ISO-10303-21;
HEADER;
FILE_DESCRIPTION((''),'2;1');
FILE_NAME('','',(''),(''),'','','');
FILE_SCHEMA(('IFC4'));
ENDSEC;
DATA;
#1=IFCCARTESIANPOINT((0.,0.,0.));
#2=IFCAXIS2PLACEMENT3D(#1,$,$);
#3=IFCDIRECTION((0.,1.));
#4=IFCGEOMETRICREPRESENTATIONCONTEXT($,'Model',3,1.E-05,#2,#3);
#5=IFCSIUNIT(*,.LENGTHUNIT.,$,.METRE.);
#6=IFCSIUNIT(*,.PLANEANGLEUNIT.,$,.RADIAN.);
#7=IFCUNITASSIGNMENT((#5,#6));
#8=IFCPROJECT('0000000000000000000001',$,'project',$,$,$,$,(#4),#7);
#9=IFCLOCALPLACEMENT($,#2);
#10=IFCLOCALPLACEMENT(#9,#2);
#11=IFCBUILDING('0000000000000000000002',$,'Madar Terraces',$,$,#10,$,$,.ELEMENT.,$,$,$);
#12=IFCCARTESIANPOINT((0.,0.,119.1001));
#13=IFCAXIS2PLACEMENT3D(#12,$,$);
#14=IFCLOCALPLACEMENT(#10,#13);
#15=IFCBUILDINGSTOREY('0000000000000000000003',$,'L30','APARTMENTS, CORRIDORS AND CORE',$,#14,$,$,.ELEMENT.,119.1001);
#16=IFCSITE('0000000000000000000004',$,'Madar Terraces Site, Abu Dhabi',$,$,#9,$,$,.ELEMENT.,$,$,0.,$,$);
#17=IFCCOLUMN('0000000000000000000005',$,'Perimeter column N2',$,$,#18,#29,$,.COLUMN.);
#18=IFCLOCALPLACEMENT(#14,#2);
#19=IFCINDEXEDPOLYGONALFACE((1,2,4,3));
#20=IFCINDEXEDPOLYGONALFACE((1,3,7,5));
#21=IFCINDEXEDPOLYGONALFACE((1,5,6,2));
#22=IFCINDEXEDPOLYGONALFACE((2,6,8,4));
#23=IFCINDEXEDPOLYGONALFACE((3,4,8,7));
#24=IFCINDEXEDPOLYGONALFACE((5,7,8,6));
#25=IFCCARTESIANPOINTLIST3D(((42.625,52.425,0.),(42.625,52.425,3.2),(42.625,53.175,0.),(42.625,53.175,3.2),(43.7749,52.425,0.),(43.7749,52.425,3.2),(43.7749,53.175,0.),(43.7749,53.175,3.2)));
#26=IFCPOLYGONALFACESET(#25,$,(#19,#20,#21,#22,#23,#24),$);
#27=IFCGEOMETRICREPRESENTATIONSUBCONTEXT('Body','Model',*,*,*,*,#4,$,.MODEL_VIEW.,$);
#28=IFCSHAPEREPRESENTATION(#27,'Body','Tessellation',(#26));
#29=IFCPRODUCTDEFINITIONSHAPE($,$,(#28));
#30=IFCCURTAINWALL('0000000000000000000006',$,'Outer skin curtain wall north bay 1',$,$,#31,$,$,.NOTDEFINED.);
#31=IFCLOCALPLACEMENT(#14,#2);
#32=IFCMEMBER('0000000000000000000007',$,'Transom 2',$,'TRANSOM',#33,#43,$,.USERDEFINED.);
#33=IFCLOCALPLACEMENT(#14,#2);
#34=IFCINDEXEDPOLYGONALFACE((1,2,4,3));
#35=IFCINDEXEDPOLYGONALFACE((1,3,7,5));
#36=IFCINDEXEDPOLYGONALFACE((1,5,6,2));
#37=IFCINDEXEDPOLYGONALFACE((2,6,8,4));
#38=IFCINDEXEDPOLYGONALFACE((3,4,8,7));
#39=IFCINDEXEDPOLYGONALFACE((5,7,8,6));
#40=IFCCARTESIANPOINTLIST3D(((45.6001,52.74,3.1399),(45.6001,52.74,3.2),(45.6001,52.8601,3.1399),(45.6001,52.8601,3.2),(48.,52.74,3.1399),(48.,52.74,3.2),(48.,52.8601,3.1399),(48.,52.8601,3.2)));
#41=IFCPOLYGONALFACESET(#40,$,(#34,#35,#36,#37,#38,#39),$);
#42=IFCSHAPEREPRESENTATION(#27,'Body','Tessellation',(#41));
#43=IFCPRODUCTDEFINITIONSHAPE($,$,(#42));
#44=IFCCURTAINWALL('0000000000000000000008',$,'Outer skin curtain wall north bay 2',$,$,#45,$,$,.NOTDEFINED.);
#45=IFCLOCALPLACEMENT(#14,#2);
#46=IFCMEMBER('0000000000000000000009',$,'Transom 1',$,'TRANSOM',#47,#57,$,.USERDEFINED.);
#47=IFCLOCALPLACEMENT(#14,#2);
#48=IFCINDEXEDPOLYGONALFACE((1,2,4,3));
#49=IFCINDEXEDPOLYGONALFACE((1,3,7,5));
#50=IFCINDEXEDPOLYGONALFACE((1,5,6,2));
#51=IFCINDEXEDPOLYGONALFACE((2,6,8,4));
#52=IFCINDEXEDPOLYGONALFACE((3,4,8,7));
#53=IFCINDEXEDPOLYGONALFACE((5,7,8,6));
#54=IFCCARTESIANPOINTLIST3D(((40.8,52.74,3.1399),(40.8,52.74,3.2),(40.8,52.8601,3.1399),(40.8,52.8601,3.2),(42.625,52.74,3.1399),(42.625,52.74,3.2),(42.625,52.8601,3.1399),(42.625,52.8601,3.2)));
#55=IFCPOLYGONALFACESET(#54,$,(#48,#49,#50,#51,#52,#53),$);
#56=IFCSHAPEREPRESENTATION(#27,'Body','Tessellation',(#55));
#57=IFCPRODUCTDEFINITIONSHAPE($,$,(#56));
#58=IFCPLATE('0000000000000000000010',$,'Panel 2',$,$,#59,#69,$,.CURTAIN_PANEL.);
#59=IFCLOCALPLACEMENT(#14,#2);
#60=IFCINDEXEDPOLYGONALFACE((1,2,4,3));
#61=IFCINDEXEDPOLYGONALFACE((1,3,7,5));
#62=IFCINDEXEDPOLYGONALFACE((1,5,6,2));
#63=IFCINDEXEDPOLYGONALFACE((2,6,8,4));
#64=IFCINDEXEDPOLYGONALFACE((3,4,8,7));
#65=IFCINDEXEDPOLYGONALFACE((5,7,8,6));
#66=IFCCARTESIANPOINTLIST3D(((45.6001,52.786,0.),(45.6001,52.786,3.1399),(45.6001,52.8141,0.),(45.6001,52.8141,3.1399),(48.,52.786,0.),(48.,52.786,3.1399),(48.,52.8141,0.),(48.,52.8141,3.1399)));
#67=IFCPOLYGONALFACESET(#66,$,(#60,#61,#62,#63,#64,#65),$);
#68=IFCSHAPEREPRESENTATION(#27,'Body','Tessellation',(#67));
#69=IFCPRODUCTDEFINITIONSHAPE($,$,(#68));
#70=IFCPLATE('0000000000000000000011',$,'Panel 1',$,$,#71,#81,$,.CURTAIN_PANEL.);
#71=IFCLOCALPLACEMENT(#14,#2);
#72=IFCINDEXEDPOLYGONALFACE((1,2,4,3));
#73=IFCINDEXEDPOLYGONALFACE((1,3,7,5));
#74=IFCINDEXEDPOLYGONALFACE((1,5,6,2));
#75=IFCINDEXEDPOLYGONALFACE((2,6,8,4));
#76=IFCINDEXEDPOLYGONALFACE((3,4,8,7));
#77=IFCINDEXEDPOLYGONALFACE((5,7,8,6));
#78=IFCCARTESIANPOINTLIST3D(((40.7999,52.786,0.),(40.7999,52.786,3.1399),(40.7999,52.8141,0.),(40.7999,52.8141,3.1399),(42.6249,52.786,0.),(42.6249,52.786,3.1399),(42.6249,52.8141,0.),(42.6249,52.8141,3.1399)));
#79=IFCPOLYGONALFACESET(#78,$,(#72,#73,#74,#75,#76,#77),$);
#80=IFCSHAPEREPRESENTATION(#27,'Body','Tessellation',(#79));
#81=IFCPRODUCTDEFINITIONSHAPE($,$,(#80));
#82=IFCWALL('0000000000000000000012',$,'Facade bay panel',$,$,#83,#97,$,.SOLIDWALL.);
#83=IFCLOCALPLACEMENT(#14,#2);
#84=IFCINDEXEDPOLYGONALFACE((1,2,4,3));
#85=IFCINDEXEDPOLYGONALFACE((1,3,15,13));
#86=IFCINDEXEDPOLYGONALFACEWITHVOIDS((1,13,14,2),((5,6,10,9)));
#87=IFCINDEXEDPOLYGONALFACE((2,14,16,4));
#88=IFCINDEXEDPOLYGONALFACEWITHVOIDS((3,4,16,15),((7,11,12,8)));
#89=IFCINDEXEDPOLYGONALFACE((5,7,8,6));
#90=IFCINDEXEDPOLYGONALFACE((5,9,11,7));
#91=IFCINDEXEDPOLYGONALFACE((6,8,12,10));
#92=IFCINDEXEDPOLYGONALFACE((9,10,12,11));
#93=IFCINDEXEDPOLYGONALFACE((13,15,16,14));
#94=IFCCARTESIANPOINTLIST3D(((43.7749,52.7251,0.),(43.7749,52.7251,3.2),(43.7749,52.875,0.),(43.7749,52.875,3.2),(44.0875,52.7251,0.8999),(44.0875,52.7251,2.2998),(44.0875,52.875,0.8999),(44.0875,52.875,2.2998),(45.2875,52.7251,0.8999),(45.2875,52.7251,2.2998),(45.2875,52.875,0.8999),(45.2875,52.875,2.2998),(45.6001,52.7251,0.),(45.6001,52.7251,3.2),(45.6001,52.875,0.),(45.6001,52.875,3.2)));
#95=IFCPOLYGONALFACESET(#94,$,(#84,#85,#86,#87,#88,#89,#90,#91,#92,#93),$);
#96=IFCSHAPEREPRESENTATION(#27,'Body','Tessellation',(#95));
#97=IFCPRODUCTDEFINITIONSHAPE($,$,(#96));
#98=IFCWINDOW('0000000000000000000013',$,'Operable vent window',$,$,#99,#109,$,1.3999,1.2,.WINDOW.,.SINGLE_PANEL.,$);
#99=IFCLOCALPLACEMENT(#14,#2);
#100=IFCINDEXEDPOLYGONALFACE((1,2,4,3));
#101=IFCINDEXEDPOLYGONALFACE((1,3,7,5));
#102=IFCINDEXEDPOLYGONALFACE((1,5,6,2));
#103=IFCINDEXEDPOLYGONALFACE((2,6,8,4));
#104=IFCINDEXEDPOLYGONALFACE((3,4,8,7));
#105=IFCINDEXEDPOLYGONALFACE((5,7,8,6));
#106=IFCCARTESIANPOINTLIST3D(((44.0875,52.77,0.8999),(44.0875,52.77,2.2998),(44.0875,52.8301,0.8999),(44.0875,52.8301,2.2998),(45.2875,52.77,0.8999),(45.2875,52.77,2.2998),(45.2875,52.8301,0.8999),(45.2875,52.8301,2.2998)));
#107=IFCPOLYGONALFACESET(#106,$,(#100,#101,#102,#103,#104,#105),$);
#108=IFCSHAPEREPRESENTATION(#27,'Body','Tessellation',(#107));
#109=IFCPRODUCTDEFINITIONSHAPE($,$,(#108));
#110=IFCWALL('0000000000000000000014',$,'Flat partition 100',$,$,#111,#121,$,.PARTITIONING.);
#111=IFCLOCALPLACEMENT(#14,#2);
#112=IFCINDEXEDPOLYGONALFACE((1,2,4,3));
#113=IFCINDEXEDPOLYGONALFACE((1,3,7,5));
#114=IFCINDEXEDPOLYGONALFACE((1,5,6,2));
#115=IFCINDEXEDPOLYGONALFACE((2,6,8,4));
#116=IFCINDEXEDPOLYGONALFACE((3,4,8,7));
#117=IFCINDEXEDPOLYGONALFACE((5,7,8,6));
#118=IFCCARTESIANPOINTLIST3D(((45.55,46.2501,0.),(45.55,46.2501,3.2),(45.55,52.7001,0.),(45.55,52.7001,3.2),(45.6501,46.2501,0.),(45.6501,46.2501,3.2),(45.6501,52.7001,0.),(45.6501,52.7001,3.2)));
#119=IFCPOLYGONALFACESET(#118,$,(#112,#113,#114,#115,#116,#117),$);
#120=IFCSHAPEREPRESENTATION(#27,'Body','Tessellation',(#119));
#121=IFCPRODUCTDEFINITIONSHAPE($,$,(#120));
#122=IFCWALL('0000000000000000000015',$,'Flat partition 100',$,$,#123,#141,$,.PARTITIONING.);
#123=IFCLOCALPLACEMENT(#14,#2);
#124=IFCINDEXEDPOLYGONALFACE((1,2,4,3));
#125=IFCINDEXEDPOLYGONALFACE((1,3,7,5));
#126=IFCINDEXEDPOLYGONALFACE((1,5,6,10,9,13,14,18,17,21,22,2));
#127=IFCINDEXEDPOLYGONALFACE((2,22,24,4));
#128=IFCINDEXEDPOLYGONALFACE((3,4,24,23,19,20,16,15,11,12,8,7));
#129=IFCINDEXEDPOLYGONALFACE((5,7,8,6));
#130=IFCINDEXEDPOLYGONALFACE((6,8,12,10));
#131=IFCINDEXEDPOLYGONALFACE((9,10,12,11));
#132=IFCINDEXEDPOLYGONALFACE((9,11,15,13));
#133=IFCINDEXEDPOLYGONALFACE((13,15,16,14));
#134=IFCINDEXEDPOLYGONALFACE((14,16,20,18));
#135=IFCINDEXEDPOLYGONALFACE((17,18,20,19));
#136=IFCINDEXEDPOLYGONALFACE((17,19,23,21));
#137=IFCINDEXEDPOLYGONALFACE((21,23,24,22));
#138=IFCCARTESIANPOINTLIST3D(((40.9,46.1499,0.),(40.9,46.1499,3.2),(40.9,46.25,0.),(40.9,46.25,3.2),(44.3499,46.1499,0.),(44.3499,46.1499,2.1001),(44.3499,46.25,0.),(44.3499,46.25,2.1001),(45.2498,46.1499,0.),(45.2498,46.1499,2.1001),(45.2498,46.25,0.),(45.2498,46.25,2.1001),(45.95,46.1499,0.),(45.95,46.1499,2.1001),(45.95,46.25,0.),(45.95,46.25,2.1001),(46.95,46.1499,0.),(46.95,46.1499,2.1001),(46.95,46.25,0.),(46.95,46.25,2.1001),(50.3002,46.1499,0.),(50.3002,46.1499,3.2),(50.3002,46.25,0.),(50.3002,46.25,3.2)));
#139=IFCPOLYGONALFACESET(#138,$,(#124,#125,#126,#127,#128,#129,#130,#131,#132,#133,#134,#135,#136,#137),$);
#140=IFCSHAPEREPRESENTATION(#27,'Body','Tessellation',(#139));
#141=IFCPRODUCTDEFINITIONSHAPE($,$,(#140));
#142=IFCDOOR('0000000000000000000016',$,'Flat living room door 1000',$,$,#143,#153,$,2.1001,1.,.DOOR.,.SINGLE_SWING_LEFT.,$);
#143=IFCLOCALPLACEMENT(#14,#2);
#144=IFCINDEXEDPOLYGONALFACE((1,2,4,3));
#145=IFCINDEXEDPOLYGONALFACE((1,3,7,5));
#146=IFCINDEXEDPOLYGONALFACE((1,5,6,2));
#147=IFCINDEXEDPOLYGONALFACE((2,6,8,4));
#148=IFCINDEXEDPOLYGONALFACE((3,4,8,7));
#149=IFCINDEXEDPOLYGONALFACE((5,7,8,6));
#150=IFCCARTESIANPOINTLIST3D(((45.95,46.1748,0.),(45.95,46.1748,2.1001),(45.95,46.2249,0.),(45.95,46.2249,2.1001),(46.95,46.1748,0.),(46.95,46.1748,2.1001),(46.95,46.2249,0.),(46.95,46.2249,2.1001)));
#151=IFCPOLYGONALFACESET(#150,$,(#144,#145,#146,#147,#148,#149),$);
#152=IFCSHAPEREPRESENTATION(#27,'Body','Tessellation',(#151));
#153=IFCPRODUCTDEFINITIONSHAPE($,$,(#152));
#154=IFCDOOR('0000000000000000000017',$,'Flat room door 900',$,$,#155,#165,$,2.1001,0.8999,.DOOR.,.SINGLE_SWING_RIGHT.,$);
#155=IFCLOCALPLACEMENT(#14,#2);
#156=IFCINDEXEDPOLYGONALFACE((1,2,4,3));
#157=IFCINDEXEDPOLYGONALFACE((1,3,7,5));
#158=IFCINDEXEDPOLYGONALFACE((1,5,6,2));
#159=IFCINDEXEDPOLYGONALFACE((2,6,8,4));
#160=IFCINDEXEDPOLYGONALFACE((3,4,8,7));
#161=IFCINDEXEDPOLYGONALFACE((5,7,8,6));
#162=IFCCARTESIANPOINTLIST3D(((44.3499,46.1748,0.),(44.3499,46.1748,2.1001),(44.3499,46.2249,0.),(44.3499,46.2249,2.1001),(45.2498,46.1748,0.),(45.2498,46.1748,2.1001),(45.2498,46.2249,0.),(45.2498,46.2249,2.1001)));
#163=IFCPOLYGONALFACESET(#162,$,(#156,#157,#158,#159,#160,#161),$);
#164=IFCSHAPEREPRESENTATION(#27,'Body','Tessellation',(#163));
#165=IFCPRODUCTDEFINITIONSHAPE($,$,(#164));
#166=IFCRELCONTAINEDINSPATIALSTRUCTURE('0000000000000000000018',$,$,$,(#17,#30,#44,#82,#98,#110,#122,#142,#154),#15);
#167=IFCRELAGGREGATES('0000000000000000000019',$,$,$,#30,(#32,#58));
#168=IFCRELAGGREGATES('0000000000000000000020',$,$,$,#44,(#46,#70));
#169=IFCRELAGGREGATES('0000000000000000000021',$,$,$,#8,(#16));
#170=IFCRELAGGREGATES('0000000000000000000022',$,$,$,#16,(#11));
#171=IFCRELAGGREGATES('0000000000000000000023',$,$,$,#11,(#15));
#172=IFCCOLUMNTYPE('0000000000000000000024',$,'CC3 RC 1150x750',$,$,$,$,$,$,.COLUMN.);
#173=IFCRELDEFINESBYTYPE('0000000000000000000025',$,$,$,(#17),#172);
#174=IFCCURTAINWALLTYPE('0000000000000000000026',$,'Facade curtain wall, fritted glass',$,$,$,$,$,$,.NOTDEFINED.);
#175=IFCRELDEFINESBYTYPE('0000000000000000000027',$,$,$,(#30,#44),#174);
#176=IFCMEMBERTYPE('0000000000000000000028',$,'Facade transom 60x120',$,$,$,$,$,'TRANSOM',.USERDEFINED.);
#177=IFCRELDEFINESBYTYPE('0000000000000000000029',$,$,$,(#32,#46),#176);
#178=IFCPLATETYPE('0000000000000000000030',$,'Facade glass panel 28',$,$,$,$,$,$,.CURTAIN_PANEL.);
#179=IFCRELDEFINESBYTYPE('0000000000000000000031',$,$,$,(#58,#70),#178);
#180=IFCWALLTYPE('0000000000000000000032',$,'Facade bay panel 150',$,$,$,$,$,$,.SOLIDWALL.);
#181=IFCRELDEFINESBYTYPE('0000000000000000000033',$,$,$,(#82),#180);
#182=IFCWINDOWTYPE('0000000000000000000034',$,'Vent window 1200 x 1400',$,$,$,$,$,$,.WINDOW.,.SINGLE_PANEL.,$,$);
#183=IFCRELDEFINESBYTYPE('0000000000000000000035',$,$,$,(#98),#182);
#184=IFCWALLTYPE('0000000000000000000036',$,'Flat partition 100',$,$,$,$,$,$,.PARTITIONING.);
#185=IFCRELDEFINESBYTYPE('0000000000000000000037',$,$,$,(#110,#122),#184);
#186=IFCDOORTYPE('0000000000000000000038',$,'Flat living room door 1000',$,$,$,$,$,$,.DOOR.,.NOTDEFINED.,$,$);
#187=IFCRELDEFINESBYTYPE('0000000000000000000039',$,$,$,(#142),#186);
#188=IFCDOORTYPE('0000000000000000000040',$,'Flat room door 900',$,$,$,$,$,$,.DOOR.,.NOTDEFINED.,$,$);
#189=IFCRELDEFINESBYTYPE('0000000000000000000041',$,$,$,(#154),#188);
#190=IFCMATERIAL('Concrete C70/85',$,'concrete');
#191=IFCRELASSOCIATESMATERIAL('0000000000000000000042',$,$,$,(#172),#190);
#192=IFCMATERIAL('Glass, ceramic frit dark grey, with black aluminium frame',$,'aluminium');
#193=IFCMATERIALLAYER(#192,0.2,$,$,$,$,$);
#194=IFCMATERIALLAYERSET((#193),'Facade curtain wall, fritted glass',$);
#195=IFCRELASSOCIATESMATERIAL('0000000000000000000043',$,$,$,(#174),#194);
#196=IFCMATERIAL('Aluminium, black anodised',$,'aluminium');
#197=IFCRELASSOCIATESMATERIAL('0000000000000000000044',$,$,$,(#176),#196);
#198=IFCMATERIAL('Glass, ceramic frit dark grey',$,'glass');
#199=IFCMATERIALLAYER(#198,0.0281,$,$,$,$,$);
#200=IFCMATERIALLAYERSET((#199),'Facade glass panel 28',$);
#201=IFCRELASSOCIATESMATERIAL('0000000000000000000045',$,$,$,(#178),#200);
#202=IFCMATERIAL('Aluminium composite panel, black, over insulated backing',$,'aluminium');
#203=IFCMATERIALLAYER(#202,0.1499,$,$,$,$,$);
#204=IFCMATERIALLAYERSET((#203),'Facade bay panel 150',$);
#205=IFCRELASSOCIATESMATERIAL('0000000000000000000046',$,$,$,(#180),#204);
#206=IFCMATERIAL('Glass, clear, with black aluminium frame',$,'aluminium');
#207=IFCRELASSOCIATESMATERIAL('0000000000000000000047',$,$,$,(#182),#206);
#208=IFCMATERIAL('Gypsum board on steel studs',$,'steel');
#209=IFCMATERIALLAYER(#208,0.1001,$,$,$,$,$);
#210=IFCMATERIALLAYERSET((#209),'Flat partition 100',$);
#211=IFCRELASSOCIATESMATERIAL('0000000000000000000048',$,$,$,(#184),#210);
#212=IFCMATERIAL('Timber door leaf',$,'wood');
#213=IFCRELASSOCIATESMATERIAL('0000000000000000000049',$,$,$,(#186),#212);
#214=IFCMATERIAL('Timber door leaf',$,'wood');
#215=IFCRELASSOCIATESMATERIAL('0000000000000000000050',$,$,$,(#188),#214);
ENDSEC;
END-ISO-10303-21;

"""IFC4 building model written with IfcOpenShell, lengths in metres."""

from ifc_helpers import new_model, si_unit, direction, frame, frame_2d, origin, origin_2d, place, context, subcontext, project, spatial, rectangle, extrude, material, layer, layer_set, material_profile, profile_set, type_object, element, fill, aggregate, save


model = new_model("IFC4")

# Units and contexts
model_context = context("Model", 3, precision=1e-05, world=origin(), true_north=direction((0.0, 1.0)))
body_context = subcontext(model_context, "Body", "Model", "MODEL_VIEW")
ifc_project = project(units=[si_unit("LENGTHUNIT", "METRE"), si_unit("PLANEANGLEUNIT", "RADIAN")], contexts=[model_context])

# Site, building, storey
site_placement = place(None, origin())
site = spatial("IfcSite", under=ifc_project, at=site_placement, Name="Madar Terraces Site, Abu Dhabi", CompositionType="ELEMENT", RefElevation=0.0)
building_placement = place(site_placement, origin())
building = spatial("IfcBuilding", under=site, at=building_placement, Name="Madar Terraces", CompositionType="ELEMENT")
storey_placement = place(building_placement, frame((0.0, 0.0, 119.1001)))
storey = spatial("IfcBuildingStorey", under=building, at=storey_placement, Name="L30", Description="APARTMENTS, CORRIDORS AND CORE", CompositionType="ELEMENT", Elevation=119.1001)

# Column
ifc_material_1 = material(Name="Concrete C70/85", Category="concrete")
ifc_material_profile_1 = material_profile(ifc_material_1, rectangle(XDim=1.1499, YDim=0.75, at=origin_2d()), Name="CC3 RC 1150x750")
ifc_profile_set_1 = profile_set([ifc_material_profile_1], Name="Concrete C70/85")
column_type = type_object("IfcColumnType", Name="CC3 RC 1150x750", PredefinedType="COLUMN", material=ifc_profile_set_1)
column_placement = place(storey_placement, frame((43.2, 52.8, 0.0), z_axis=(0.0, 0.0, 1.0), x_axis=(1.0, 0.0, 0.0)))
element("IfcColumn", 1, at=column_placement, inside=storey, type_object=column_type, Name="Perimeter column N2", PredefinedType="COLUMN", context=body_context, shape_type="SweptSolid", body=[
    extrude(rectangle(XDim=1.1499, YDim=0.75, at=origin_2d()), origin(), (0.0, 0.0, 1.0), 3.2),
])

# Curtain walls, members
ifc_material_2 = material(Name="Glass, ceramic frit dark grey, with black aluminium frame", Category="aluminium")
ifc_layer_1 = layer(ifc_material_2, 0.2)
ifc_layer_set_1 = layer_set([ifc_layer_1], Name="Facade curtain wall, fritted glass")
curtain_wall_type = type_object("IfcCurtainWallType", Name="Facade curtain wall, fritted glass", PredefinedType="NOTDEFINED", material=ifc_layer_set_1)
curtain_wall_1_placement = place(storey_placement, origin())
curtain_wall_1 = element("IfcCurtainWall", 2, at=curtain_wall_1_placement, inside=storey, type_object=curtain_wall_type, Name="Outer skin curtain wall north bay 1", PredefinedType="NOTDEFINED")
ifc_material_3 = material(Name="Aluminium, black anodised", Category="aluminium")
ifc_material_profile_2 = material_profile(ifc_material_3, rectangle(XDim=0.1201, YDim=0.0601, at=origin_2d()), Name="Facade transom 60x120")
ifc_profile_set_2 = profile_set([ifc_material_profile_2], Name="Aluminium, black anodised")
member_type = type_object("IfcMemberType", Name="Facade transom 60x120", ElementType="TRANSOM", PredefinedType="USERDEFINED", material=ifc_profile_set_2)
member_1_placement = place(storey_placement, frame((48.0, 52.8, 3.1699), z_axis=(-1.0, 0.0, 0.0), x_axis=(0.0, -1.0, 0.0)))
member_1 = element("IfcMember", 3, at=member_1_placement, type_object=member_type, Name="Transom 2", ObjectType="TRANSOM", PredefinedType="USERDEFINED", context=body_context, shape_type="SweptSolid", body=[
    extrude(rectangle(XDim=0.1201, YDim=0.0601, at=origin_2d()), origin(), (0.0, 0.0, 1.0), 2.3999),
])
curtain_wall_2_placement = place(storey_placement, origin())
curtain_wall_2 = element("IfcCurtainWall", 4, at=curtain_wall_2_placement, inside=storey, type_object=curtain_wall_type, Name="Outer skin curtain wall north bay 2", PredefinedType="NOTDEFINED")
member_2_placement = place(storey_placement, frame((42.625, 52.8, 3.1699), z_axis=(-1.0, 0.0, 0.0), x_axis=(0.0, -1.0, 0.0)))
member_2 = element("IfcMember", 5, at=member_2_placement, type_object=member_type, Name="Transom 1", ObjectType="TRANSOM", PredefinedType="USERDEFINED", context=body_context, shape_type="SweptSolid", body=[
    extrude(rectangle(XDim=0.1201, YDim=0.0601, at=origin_2d()), origin(), (0.0, 0.0, 1.0), 1.825),
])

# Plates
ifc_material_4 = material(Name="Glass, ceramic frit dark grey", Category="glass")
ifc_layer_2 = layer(ifc_material_4, 0.0281)
ifc_layer_set_2 = layer_set([ifc_layer_2], Name="Facade glass panel 28")
plate_type = type_object("IfcPlateType", Name="Facade glass panel 28", PredefinedType="CURTAIN_PANEL", material=ifc_layer_set_2)
plate_1_placement = place(storey_placement, frame((46.8, 52.8, 0.0), z_axis=(0.0, 0.0, 1.0), x_axis=(-1.0, 0.0, 0.0)))
plate_1 = element("IfcPlate", 6, at=plate_1_placement, type_object=plate_type, Name="Panel 2", PredefinedType="CURTAIN_PANEL", context=body_context, shape_type="SweptSolid", body=[
    extrude(rectangle(XDim=2.3999, YDim=0.0281, at=origin_2d()), origin(), (0.0, 0.0, 1.0), 3.1399),
])
aggregate(curtain_wall_1, [member_1, plate_1])
plate_2_placement = place(storey_placement, frame((41.7124, 52.8, 0.0), z_axis=(0.0, 0.0, 1.0), x_axis=(-1.0, 0.0, 0.0)))
plate_2 = element("IfcPlate", 7, at=plate_2_placement, type_object=plate_type, Name="Panel 1", PredefinedType="CURTAIN_PANEL", context=body_context, shape_type="SweptSolid", body=[
    extrude(rectangle(XDim=1.825, YDim=0.0281, at=origin_2d()), origin(), (0.0, 0.0, 1.0), 3.1399),
])
aggregate(curtain_wall_2, [member_2, plate_2])

# Wall, opening, window
ifc_material_5 = material(Name="Aluminium composite panel, black, over insulated backing", Category="aluminium")
ifc_layer_3 = layer(ifc_material_5, 0.1499)
ifc_layer_set_3 = layer_set([ifc_layer_3], Name="Facade bay panel 150")
wall_type_1 = type_object("IfcWallType", Name="Facade bay panel 150", PredefinedType="SOLIDWALL", material=ifc_layer_set_3)
wall_1_placement = place(storey_placement, frame((45.6001, 52.8, 0.0), z_axis=(0.0, 0.0, 1.0), x_axis=(-1.0, 0.0, 0.0)))
wall_1 = element("IfcWall", 8, at=wall_1_placement, inside=storey, type_object=wall_type_1, Name="Facade bay panel", PredefinedType="SOLIDWALL", context=body_context, shape_type="SweptSolid", body=[
    extrude(rectangle(XDim=1.8252, YDim=0.1499, at=frame_2d((0.9126, 0.0))), origin(), (0.0, 0.0, 1.0), 3.2),
])
opening_1_placement = place(wall_1_placement, frame((0.3125, 0.0, 0.8999)))
opening_1 = element("IfcOpeningElement", 9, at=opening_1_placement, cuts=wall_1, PredefinedType="OPENING", context=body_context, shape_type="SweptSolid", body=[
    extrude(rectangle(XDim=1.2, YDim=1.3999, at=frame_2d((0.6001, 0.7))), frame((0.0, 0.085, 0.0), z_axis=(0.0, -1.0, 0.0), x_axis=(1.0, 0.0, 0.0)), (0.0, 0.0, 1.0), 0.1699),
])
ifc_material_6 = material(Name="Glass, clear, with black aluminium frame", Category="aluminium")
window_type = type_object("IfcWindowType", Name="Vent window 1200 x 1400", PartitioningType="SINGLE_PANEL", PredefinedType="WINDOW", material=ifc_material_6)
window_placement = place(opening_1_placement, origin())
window = element("IfcWindow", 10, at=window_placement, inside=storey, type_object=window_type, Name="Operable vent window", OverallHeight=1.3999, OverallWidth=1.2, PartitioningType="SINGLE_PANEL", PredefinedType="WINDOW", context=body_context, shape_type="SweptSolid", body=[
    extrude(rectangle(XDim=1.2, YDim=1.3999, at=frame_2d((0.6001, 0.7))), frame((0.0, 0.03, 0.0), z_axis=(0.0, -1.0, 0.0), x_axis=(1.0, 0.0, 0.0)), (0.0, 0.0, 1.0), 0.0601),
])
fill(opening_1, window)

# Wall
ifc_material_7 = material(Name="Gypsum board on steel studs", Category="steel")
ifc_layer_4 = layer(ifc_material_7, 0.1001)
ifc_layer_set_4 = layer_set([ifc_layer_4], Name="Flat partition 100")
wall_type_2 = type_object("IfcWallType", Name="Flat partition 100", PredefinedType="PARTITIONING", material=ifc_layer_set_4)
wall_2_placement = place(storey_placement, frame((45.6001, 46.25, 0.0), z_axis=(0.0, 0.0, 1.0), x_axis=(0.0, 1.0, 0.0)))
element("IfcWall", 11, at=wall_2_placement, inside=storey, type_object=wall_type_2, Name="Flat partition 100", PredefinedType="PARTITIONING", context=body_context, shape_type="SweptSolid", body=[
    extrude(rectangle(XDim=6.45, YDim=0.1001, at=frame_2d((3.2251, 0.0))), origin(), (0.0, 0.0, 1.0), 3.2),
])

# Wall, openings, doors
wall_3_placement = place(storey_placement, frame((40.8999, 46.2, 0.0), z_axis=(0.0, 0.0, 1.0), x_axis=(1.0, 0.0, 0.0)))
wall_3 = element("IfcWall", 12, at=wall_3_placement, inside=storey, type_object=wall_type_2, Name="Flat partition 100", PredefinedType="PARTITIONING", context=body_context, shape_type="SweptSolid", body=[
    extrude(rectangle(XDim=9.4001, YDim=0.1001, at=frame_2d((4.7002, 0.0))), origin(), (0.0, 0.0, 1.0), 3.2),
])
opening_2_placement = place(wall_3_placement, frame((5.05, 0.0, 0.0)))
opening_2 = element("IfcOpeningElement", 13, at=opening_2_placement, cuts=wall_3, PredefinedType="OPENING", context=body_context, shape_type="SweptSolid", body=[
    extrude(rectangle(XDim=1.0, YDim=2.1001, at=frame_2d((0.5, 1.05))), frame((0.0, 0.0601, 0.0), z_axis=(0.0, -1.0, 0.0), x_axis=(1.0, 0.0, 0.0)), (0.0, 0.0, 1.0), 0.1201),
])
opening_3_placement = place(wall_3_placement, frame((3.45, 0.0, 0.0)))
opening_3 = element("IfcOpeningElement", 14, at=opening_3_placement, cuts=wall_3, PredefinedType="OPENING", context=body_context, shape_type="SweptSolid", body=[
    extrude(rectangle(XDim=0.8999, YDim=2.1001, at=frame_2d((0.45, 1.05))), frame((0.0, 0.0601, 0.0), z_axis=(0.0, -1.0, 0.0), x_axis=(1.0, 0.0, 0.0)), (0.0, 0.0, 1.0), 0.1201),
])
ifc_material_8 = material(Name="Timber door leaf", Category="wood")
door_type_1 = type_object("IfcDoorType", Name="Flat living room door 1000", OperationType="NOTDEFINED", PredefinedType="DOOR", material=ifc_material_8)
door_1_placement = place(opening_2_placement, origin())
door_1 = element("IfcDoor", 15, at=door_1_placement, inside=storey, type_object=door_type_1, Name="Flat living room door 1000", OperationType="SINGLE_SWING_LEFT", OverallHeight=2.1001, OverallWidth=1.0, PredefinedType="DOOR", context=body_context, shape_type="SweptSolid", body=[
    extrude(rectangle(XDim=1.0, YDim=2.1001, at=frame_2d((0.5, 1.05))), frame((0.0, 0.0249, 0.0), z_axis=(0.0, -1.0, 0.0), x_axis=(1.0, 0.0, 0.0)), (0.0, 0.0, 1.0), 0.05),
])
fill(opening_2, door_1)
ifc_material_9 = material(Name="Timber door leaf", Category="wood")
door_type_2 = type_object("IfcDoorType", Name="Flat room door 900", OperationType="NOTDEFINED", PredefinedType="DOOR", material=ifc_material_9)
door_2_placement = place(opening_3_placement, origin())
door_2 = element("IfcDoor", 16, at=door_2_placement, inside=storey, type_object=door_type_2, Name="Flat room door 900", OperationType="SINGLE_SWING_RIGHT", OverallHeight=2.1001, OverallWidth=0.8999, PredefinedType="DOOR", context=body_context, shape_type="SweptSolid", body=[
    extrude(rectangle(XDim=0.8999, YDim=2.1001, at=frame_2d((0.45, 1.05))), frame((0.0, 0.0249, 0.0), z_axis=(0.0, -1.0, 0.0), x_axis=(1.0, 0.0, 0.0)), (0.0, 0.0, 1.0), 0.05),
])
fill(opening_3, door_2)

save(model, "model.ifc")
